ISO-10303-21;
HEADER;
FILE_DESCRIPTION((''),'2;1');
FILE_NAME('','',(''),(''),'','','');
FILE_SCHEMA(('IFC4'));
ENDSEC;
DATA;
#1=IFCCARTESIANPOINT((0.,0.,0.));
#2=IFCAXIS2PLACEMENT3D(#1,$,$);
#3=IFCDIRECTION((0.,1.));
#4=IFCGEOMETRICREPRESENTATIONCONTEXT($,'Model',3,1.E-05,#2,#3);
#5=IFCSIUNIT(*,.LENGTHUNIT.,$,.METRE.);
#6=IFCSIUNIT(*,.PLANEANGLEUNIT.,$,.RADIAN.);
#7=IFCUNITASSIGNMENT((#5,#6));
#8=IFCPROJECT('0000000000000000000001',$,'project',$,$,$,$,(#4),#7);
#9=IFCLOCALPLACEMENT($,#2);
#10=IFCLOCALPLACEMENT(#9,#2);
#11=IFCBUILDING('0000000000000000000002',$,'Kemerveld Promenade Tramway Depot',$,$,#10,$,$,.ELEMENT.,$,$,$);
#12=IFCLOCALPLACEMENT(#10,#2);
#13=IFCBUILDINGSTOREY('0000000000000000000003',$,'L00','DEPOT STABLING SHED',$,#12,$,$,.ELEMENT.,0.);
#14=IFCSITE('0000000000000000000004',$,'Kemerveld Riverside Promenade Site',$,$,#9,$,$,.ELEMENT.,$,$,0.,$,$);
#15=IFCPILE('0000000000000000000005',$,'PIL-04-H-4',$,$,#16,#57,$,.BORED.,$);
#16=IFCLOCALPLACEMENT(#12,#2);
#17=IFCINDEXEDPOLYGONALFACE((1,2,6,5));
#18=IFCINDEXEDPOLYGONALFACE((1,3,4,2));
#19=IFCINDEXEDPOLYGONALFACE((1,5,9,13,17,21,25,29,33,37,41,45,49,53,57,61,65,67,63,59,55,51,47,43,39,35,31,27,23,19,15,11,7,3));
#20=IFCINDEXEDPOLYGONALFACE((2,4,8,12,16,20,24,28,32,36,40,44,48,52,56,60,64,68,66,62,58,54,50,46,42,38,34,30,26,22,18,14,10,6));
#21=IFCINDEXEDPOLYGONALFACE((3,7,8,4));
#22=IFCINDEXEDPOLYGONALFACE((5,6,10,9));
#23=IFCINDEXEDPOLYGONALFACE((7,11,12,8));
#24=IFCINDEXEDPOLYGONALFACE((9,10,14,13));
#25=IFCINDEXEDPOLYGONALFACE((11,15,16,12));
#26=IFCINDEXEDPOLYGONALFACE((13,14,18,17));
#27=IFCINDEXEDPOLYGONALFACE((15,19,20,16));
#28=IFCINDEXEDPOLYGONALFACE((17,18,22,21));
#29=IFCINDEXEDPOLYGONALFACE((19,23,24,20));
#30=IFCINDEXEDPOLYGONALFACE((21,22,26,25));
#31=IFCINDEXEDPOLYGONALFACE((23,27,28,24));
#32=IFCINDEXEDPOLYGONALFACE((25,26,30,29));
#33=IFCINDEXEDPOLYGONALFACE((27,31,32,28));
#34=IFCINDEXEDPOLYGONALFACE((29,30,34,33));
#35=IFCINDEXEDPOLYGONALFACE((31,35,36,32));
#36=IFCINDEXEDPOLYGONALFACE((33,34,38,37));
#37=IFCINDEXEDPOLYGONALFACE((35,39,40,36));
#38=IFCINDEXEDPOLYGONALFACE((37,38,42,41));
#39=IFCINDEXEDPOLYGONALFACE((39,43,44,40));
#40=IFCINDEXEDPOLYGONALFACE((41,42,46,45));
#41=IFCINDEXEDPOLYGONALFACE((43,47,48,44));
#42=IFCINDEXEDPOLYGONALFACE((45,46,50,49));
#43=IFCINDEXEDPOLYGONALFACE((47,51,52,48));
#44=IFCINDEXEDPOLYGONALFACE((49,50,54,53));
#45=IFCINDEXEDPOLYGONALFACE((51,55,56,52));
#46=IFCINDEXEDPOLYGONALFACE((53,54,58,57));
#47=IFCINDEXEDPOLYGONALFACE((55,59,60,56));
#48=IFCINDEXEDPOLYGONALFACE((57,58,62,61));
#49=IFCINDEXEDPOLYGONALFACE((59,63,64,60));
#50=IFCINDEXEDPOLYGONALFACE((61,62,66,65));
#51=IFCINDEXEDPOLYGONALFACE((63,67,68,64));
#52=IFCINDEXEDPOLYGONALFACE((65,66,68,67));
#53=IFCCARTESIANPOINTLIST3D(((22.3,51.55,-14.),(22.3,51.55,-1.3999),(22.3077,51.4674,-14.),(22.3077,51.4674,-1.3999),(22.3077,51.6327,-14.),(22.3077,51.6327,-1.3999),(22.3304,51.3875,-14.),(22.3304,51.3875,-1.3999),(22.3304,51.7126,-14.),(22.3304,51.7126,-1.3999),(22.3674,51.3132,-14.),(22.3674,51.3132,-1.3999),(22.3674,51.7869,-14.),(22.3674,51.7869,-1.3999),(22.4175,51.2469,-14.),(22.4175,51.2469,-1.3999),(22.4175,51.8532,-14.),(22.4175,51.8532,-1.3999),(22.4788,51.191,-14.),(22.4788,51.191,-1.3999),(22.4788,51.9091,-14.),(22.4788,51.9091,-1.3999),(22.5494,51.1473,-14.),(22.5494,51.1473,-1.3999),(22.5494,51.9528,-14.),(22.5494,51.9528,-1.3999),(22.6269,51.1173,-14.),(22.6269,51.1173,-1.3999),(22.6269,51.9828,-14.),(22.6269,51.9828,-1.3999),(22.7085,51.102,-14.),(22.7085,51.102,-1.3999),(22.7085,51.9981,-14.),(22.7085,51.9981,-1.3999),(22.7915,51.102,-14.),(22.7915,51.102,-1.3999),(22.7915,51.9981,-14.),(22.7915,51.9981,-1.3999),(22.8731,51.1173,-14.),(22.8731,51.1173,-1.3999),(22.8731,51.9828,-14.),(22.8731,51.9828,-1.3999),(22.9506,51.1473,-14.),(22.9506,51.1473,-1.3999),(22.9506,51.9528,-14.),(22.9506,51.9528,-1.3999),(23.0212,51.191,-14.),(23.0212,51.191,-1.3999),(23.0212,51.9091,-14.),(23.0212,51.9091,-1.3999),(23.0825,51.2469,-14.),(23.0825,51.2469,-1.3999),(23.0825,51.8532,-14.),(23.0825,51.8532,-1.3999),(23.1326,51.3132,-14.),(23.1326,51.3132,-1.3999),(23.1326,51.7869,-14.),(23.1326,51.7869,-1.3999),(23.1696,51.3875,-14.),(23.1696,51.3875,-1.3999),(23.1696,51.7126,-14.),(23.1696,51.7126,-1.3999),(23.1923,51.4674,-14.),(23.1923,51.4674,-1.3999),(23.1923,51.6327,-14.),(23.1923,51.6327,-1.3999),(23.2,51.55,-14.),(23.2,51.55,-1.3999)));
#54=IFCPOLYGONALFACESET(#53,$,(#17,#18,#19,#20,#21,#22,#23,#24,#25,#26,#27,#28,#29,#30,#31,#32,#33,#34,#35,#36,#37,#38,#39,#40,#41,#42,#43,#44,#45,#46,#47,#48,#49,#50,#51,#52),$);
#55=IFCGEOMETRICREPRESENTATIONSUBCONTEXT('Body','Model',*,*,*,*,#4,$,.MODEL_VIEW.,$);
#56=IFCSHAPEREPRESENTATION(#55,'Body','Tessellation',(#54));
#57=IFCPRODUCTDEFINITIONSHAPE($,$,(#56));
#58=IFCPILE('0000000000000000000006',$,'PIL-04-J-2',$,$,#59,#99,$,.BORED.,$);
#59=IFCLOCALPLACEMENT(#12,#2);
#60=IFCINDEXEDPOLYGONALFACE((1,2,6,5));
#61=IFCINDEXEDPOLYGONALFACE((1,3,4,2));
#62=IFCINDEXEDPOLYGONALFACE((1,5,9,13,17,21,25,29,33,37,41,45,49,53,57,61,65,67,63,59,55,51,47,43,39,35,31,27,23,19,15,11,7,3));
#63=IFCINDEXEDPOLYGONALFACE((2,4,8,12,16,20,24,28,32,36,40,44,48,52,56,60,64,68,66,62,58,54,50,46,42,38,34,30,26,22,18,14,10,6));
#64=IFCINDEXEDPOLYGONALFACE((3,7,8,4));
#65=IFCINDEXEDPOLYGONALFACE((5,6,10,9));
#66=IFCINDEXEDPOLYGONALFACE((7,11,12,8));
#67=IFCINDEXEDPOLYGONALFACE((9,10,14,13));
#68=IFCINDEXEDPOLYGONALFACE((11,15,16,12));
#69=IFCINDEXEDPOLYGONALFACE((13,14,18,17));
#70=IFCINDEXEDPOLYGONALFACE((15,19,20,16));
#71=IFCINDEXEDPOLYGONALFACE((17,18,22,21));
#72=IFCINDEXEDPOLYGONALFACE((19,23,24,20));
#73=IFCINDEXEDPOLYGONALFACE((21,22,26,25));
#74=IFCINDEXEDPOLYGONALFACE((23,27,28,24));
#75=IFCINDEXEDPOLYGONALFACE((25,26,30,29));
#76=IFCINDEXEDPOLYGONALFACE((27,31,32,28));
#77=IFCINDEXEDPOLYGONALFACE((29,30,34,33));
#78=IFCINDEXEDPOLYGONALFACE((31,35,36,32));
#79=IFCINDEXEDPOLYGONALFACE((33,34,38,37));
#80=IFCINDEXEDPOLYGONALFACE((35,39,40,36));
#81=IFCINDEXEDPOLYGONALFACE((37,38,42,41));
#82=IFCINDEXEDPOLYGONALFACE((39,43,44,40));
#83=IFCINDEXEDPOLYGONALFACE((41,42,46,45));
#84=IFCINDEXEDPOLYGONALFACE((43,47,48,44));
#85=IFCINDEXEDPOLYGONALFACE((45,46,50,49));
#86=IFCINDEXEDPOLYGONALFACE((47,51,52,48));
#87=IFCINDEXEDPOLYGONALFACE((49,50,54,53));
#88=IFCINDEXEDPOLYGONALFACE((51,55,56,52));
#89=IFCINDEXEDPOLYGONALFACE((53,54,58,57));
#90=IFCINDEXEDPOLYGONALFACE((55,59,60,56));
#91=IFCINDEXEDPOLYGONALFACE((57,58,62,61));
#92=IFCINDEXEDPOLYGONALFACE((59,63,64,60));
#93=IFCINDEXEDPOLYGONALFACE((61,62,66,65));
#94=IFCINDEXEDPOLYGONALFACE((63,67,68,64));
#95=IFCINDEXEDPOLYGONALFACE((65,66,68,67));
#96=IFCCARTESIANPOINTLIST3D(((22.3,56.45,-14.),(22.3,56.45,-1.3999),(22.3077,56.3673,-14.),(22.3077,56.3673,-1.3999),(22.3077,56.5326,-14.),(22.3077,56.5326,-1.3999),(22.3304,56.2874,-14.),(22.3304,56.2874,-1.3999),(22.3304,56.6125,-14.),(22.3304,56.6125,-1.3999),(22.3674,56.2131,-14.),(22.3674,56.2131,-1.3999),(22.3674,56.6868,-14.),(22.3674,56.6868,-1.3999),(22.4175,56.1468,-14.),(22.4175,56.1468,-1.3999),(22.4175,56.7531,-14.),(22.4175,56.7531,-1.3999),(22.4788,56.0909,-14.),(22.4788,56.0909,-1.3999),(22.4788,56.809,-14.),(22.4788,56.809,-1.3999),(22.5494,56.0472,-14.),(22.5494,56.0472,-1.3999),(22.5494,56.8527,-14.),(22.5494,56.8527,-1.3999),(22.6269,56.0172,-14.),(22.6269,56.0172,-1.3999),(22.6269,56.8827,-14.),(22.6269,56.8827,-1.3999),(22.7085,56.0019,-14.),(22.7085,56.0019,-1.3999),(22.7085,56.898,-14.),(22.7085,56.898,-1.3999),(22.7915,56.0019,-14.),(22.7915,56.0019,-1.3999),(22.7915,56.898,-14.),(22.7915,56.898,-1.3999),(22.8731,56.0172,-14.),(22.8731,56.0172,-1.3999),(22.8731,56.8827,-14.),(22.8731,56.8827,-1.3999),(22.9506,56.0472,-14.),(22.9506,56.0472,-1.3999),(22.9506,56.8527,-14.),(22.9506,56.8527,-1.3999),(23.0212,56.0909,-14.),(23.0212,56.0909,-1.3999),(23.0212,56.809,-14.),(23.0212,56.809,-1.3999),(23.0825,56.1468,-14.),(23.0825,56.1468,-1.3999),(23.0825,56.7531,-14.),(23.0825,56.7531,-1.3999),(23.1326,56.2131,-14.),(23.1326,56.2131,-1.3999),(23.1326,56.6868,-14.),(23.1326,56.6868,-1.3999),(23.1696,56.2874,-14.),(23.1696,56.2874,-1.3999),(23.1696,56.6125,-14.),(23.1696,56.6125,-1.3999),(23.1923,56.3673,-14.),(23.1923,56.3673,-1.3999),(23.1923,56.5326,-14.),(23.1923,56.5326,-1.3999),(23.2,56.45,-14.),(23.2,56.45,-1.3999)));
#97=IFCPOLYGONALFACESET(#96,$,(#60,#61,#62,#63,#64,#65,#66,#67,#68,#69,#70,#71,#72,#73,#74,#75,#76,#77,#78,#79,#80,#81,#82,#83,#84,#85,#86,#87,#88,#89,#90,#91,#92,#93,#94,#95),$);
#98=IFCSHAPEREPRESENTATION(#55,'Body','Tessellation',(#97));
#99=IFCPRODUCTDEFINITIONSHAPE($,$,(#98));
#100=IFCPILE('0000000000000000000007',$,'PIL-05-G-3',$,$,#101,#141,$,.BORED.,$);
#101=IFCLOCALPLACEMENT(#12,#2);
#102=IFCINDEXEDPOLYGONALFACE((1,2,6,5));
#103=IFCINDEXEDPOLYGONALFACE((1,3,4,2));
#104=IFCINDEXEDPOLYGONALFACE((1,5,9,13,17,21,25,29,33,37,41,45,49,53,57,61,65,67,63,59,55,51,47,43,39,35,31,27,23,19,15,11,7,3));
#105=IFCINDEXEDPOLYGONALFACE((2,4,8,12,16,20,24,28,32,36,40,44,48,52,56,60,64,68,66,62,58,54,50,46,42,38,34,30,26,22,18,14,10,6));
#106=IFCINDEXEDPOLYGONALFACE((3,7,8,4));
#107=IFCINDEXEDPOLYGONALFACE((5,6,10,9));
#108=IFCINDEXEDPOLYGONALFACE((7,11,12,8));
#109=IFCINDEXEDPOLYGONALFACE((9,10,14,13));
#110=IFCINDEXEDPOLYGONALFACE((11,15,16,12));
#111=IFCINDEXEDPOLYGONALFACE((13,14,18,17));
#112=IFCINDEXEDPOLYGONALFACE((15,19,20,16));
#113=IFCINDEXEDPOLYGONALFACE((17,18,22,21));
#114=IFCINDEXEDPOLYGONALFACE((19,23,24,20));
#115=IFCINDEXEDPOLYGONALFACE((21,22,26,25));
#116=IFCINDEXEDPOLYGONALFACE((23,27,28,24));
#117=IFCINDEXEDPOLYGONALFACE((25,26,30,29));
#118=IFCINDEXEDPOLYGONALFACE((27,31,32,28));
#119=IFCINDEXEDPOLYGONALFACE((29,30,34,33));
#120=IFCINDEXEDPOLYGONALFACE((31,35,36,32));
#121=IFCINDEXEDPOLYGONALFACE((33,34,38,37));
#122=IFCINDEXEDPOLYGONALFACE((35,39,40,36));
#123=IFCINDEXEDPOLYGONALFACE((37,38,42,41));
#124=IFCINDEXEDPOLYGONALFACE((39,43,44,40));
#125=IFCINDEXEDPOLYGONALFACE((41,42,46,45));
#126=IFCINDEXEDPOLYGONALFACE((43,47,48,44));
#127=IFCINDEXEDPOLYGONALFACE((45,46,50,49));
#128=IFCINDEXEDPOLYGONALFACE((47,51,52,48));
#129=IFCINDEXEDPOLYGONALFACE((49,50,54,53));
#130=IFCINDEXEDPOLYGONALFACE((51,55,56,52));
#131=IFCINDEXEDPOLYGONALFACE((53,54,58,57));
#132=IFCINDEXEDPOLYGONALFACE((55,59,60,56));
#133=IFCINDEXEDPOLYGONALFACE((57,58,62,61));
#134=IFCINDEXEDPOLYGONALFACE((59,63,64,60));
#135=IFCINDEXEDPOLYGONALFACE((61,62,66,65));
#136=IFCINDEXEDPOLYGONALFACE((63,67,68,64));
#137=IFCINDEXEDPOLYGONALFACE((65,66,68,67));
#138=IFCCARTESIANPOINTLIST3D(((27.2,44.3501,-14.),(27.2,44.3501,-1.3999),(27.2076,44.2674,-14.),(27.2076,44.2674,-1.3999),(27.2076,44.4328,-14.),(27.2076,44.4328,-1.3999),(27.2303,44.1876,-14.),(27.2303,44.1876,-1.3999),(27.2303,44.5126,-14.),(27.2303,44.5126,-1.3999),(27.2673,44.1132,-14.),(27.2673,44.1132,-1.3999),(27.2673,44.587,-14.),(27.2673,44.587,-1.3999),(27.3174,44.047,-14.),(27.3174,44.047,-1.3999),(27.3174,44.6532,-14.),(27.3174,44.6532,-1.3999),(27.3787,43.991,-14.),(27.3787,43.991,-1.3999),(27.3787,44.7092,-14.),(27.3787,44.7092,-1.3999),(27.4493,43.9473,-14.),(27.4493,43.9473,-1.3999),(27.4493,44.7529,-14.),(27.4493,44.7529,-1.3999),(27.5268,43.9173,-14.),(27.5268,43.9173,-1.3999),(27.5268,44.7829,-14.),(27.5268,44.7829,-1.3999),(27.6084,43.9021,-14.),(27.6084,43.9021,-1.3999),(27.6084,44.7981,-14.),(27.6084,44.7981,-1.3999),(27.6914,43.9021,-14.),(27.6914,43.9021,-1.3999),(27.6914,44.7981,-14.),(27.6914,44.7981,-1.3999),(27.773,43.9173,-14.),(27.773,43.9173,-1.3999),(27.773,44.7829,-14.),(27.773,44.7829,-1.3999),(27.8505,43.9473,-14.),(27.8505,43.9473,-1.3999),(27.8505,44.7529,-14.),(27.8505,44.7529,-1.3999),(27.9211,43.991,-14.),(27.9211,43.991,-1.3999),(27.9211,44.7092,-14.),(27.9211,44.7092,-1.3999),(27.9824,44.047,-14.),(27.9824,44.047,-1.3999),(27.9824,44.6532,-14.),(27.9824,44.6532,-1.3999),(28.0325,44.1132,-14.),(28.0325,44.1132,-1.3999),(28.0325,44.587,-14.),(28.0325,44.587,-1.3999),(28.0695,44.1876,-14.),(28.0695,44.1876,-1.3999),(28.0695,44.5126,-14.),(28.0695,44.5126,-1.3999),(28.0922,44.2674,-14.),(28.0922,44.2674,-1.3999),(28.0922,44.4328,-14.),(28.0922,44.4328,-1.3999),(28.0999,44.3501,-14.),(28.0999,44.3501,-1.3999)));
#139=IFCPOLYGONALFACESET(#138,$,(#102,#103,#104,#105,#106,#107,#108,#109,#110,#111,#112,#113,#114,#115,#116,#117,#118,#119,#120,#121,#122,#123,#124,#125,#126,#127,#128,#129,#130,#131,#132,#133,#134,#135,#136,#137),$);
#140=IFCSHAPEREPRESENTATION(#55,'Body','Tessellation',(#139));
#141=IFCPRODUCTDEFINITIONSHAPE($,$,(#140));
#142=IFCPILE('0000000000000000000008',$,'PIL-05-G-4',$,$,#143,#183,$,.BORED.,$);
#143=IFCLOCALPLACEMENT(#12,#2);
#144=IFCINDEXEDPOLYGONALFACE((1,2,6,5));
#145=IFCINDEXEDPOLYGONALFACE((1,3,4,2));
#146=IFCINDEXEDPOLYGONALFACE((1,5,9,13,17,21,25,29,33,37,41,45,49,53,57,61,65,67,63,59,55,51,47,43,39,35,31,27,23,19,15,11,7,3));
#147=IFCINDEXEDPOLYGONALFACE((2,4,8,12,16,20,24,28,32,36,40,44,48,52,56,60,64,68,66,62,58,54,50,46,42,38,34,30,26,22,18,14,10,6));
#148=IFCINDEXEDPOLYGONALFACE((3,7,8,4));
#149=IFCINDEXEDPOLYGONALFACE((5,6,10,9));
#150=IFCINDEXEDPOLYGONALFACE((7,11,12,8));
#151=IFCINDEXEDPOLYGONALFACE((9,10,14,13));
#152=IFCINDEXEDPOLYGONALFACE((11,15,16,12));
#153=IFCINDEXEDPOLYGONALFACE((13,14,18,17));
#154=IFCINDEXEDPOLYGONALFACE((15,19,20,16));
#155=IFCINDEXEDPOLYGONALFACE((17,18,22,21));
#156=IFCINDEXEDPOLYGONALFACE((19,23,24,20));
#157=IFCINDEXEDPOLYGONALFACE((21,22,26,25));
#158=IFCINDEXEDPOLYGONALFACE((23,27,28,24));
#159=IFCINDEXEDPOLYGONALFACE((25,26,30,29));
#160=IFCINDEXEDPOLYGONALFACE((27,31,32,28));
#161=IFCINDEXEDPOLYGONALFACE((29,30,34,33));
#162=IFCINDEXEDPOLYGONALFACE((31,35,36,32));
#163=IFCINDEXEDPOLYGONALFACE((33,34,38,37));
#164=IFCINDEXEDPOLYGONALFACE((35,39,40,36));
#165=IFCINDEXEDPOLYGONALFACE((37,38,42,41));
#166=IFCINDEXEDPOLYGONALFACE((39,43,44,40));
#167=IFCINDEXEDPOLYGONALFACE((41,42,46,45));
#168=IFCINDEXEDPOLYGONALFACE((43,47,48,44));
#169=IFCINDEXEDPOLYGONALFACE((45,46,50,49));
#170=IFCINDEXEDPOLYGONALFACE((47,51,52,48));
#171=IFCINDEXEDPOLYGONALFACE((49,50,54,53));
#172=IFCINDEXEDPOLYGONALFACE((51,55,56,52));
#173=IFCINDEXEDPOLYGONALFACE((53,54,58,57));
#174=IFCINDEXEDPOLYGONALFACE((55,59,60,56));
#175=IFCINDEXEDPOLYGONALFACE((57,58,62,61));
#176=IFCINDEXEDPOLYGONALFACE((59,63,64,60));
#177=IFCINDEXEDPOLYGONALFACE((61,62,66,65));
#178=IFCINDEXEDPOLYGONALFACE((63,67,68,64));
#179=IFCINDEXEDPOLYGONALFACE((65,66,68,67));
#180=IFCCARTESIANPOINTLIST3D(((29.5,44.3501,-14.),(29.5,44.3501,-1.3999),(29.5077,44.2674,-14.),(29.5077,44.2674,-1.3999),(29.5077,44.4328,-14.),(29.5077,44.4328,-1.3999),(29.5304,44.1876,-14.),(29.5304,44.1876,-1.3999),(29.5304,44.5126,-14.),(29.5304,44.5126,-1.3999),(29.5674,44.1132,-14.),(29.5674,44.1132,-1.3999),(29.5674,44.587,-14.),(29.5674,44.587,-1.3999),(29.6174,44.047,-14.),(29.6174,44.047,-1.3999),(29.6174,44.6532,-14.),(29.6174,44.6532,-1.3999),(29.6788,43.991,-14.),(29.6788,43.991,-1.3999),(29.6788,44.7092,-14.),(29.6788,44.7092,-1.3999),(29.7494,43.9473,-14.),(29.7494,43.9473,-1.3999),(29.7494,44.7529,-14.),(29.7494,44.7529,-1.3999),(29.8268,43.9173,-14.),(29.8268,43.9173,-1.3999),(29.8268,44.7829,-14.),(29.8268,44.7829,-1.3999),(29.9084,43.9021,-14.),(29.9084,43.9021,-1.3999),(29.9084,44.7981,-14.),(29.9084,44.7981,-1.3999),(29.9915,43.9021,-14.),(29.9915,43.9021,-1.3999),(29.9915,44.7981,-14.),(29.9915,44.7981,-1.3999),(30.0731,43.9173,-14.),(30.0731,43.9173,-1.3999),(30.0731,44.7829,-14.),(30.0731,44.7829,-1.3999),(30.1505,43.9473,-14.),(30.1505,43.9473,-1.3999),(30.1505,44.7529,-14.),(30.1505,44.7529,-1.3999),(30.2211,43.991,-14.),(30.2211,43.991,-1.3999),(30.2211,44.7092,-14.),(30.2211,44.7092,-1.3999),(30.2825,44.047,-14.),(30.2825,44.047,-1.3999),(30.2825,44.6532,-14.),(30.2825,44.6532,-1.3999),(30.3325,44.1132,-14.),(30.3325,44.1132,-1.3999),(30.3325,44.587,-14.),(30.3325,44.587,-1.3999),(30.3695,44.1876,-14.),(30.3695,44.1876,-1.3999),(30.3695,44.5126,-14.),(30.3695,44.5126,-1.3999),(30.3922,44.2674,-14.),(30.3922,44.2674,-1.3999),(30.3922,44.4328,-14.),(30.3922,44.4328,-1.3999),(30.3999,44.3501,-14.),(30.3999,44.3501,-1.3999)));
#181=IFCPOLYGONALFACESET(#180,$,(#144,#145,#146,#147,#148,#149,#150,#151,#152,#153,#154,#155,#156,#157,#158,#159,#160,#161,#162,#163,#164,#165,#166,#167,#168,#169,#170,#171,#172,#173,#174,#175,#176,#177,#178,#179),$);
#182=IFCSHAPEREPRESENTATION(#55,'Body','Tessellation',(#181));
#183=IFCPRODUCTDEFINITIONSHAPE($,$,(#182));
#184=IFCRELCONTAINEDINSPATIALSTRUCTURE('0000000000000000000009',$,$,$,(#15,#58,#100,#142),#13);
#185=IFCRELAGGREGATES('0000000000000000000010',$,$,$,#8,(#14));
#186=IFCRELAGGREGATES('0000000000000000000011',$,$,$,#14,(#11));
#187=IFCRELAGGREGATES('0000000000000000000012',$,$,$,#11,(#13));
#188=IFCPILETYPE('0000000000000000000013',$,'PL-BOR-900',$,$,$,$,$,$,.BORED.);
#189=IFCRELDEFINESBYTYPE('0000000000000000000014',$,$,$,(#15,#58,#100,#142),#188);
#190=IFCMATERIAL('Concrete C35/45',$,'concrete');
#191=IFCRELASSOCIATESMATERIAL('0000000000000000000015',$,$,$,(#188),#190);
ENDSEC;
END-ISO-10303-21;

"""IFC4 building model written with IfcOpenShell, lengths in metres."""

from ifc_helpers import new_model, si_unit, direction, frame, origin, origin_2d, place, context, subcontext, project, spatial, circle, extrude, material, material_profile, profile_set, type_object, element, save


model = new_model("IFC4")

# Units and contexts
model_context = context("Model", 3, precision=1e-05, world=origin(), true_north=direction((0.0, 1.0)))
body_context = subcontext(model_context, "Body", "Model", "MODEL_VIEW")
ifc_project = project(units=[si_unit("LENGTHUNIT", "METRE"), si_unit("PLANEANGLEUNIT", "RADIAN")], contexts=[model_context])

# Site, building, storey
site_placement = place(None, origin())
site = spatial("IfcSite", under=ifc_project, at=site_placement, Name="Kemerveld Riverside Promenade Site", CompositionType="ELEMENT", RefElevation=0.0)
building_placement = place(site_placement, origin())
building = spatial("IfcBuilding", under=site, at=building_placement, Name="Kemerveld Promenade Tramway Depot", CompositionType="ELEMENT")
storey_placement = place(building_placement, origin())
storey = spatial("IfcBuildingStorey", under=building, at=storey_placement, Name="L00", Description="DEPOT STABLING SHED", CompositionType="ELEMENT", Elevation=0.0)

# Shared definitions
ifc_material_1 = material(Name="Concrete C35/45", Category="concrete")

# Piles
ifc_material_profile_1 = material_profile(ifc_material_1, circle(Radius=0.45, at=origin_2d()), Name="PILE-D900")
ifc_profile_set_1 = profile_set([ifc_material_profile_1], Name="Concrete C35/45")
pile_type = type_object("IfcPileType", Name="PL-BOR-900", PredefinedType="BORED", material=ifc_profile_set_1)
for number, where, z_axis, x_axis, name in (
    (1, (22.75, 51.55, -1.3999), (0.0, 0.0, -1.0), (1.0, 0.0, 0.0), "PIL-04-H-4"),
    (2, (22.75, 56.45, -1.3999), (0.0, 0.0, -1.0), (1.0, 0.0, 0.0), "PIL-04-J-2"),
    (3, (27.6499, 44.3501, -1.3999), (0.0, 0.0, -1.0), (1.0, 0.0, 0.0), "PIL-05-G-3"),
    (4, (29.95, 44.3501, -1.3999), (0.0, 0.0, -1.0), (1.0, 0.0, 0.0), "PIL-05-G-4"),
):
    element("IfcPile", number, at=place(storey_placement, frame(where, z_axis=z_axis, x_axis=x_axis)), inside=storey, type_object=pile_type, Name=name, PredefinedType="BORED", context=body_context, shape_type="SweptSolid", body=[
        extrude(circle(Radius=0.45, at=origin_2d()), origin(), (0.0, 0.0, 1.0), 12.6001),
    ])

save(model, "model.ifc")
